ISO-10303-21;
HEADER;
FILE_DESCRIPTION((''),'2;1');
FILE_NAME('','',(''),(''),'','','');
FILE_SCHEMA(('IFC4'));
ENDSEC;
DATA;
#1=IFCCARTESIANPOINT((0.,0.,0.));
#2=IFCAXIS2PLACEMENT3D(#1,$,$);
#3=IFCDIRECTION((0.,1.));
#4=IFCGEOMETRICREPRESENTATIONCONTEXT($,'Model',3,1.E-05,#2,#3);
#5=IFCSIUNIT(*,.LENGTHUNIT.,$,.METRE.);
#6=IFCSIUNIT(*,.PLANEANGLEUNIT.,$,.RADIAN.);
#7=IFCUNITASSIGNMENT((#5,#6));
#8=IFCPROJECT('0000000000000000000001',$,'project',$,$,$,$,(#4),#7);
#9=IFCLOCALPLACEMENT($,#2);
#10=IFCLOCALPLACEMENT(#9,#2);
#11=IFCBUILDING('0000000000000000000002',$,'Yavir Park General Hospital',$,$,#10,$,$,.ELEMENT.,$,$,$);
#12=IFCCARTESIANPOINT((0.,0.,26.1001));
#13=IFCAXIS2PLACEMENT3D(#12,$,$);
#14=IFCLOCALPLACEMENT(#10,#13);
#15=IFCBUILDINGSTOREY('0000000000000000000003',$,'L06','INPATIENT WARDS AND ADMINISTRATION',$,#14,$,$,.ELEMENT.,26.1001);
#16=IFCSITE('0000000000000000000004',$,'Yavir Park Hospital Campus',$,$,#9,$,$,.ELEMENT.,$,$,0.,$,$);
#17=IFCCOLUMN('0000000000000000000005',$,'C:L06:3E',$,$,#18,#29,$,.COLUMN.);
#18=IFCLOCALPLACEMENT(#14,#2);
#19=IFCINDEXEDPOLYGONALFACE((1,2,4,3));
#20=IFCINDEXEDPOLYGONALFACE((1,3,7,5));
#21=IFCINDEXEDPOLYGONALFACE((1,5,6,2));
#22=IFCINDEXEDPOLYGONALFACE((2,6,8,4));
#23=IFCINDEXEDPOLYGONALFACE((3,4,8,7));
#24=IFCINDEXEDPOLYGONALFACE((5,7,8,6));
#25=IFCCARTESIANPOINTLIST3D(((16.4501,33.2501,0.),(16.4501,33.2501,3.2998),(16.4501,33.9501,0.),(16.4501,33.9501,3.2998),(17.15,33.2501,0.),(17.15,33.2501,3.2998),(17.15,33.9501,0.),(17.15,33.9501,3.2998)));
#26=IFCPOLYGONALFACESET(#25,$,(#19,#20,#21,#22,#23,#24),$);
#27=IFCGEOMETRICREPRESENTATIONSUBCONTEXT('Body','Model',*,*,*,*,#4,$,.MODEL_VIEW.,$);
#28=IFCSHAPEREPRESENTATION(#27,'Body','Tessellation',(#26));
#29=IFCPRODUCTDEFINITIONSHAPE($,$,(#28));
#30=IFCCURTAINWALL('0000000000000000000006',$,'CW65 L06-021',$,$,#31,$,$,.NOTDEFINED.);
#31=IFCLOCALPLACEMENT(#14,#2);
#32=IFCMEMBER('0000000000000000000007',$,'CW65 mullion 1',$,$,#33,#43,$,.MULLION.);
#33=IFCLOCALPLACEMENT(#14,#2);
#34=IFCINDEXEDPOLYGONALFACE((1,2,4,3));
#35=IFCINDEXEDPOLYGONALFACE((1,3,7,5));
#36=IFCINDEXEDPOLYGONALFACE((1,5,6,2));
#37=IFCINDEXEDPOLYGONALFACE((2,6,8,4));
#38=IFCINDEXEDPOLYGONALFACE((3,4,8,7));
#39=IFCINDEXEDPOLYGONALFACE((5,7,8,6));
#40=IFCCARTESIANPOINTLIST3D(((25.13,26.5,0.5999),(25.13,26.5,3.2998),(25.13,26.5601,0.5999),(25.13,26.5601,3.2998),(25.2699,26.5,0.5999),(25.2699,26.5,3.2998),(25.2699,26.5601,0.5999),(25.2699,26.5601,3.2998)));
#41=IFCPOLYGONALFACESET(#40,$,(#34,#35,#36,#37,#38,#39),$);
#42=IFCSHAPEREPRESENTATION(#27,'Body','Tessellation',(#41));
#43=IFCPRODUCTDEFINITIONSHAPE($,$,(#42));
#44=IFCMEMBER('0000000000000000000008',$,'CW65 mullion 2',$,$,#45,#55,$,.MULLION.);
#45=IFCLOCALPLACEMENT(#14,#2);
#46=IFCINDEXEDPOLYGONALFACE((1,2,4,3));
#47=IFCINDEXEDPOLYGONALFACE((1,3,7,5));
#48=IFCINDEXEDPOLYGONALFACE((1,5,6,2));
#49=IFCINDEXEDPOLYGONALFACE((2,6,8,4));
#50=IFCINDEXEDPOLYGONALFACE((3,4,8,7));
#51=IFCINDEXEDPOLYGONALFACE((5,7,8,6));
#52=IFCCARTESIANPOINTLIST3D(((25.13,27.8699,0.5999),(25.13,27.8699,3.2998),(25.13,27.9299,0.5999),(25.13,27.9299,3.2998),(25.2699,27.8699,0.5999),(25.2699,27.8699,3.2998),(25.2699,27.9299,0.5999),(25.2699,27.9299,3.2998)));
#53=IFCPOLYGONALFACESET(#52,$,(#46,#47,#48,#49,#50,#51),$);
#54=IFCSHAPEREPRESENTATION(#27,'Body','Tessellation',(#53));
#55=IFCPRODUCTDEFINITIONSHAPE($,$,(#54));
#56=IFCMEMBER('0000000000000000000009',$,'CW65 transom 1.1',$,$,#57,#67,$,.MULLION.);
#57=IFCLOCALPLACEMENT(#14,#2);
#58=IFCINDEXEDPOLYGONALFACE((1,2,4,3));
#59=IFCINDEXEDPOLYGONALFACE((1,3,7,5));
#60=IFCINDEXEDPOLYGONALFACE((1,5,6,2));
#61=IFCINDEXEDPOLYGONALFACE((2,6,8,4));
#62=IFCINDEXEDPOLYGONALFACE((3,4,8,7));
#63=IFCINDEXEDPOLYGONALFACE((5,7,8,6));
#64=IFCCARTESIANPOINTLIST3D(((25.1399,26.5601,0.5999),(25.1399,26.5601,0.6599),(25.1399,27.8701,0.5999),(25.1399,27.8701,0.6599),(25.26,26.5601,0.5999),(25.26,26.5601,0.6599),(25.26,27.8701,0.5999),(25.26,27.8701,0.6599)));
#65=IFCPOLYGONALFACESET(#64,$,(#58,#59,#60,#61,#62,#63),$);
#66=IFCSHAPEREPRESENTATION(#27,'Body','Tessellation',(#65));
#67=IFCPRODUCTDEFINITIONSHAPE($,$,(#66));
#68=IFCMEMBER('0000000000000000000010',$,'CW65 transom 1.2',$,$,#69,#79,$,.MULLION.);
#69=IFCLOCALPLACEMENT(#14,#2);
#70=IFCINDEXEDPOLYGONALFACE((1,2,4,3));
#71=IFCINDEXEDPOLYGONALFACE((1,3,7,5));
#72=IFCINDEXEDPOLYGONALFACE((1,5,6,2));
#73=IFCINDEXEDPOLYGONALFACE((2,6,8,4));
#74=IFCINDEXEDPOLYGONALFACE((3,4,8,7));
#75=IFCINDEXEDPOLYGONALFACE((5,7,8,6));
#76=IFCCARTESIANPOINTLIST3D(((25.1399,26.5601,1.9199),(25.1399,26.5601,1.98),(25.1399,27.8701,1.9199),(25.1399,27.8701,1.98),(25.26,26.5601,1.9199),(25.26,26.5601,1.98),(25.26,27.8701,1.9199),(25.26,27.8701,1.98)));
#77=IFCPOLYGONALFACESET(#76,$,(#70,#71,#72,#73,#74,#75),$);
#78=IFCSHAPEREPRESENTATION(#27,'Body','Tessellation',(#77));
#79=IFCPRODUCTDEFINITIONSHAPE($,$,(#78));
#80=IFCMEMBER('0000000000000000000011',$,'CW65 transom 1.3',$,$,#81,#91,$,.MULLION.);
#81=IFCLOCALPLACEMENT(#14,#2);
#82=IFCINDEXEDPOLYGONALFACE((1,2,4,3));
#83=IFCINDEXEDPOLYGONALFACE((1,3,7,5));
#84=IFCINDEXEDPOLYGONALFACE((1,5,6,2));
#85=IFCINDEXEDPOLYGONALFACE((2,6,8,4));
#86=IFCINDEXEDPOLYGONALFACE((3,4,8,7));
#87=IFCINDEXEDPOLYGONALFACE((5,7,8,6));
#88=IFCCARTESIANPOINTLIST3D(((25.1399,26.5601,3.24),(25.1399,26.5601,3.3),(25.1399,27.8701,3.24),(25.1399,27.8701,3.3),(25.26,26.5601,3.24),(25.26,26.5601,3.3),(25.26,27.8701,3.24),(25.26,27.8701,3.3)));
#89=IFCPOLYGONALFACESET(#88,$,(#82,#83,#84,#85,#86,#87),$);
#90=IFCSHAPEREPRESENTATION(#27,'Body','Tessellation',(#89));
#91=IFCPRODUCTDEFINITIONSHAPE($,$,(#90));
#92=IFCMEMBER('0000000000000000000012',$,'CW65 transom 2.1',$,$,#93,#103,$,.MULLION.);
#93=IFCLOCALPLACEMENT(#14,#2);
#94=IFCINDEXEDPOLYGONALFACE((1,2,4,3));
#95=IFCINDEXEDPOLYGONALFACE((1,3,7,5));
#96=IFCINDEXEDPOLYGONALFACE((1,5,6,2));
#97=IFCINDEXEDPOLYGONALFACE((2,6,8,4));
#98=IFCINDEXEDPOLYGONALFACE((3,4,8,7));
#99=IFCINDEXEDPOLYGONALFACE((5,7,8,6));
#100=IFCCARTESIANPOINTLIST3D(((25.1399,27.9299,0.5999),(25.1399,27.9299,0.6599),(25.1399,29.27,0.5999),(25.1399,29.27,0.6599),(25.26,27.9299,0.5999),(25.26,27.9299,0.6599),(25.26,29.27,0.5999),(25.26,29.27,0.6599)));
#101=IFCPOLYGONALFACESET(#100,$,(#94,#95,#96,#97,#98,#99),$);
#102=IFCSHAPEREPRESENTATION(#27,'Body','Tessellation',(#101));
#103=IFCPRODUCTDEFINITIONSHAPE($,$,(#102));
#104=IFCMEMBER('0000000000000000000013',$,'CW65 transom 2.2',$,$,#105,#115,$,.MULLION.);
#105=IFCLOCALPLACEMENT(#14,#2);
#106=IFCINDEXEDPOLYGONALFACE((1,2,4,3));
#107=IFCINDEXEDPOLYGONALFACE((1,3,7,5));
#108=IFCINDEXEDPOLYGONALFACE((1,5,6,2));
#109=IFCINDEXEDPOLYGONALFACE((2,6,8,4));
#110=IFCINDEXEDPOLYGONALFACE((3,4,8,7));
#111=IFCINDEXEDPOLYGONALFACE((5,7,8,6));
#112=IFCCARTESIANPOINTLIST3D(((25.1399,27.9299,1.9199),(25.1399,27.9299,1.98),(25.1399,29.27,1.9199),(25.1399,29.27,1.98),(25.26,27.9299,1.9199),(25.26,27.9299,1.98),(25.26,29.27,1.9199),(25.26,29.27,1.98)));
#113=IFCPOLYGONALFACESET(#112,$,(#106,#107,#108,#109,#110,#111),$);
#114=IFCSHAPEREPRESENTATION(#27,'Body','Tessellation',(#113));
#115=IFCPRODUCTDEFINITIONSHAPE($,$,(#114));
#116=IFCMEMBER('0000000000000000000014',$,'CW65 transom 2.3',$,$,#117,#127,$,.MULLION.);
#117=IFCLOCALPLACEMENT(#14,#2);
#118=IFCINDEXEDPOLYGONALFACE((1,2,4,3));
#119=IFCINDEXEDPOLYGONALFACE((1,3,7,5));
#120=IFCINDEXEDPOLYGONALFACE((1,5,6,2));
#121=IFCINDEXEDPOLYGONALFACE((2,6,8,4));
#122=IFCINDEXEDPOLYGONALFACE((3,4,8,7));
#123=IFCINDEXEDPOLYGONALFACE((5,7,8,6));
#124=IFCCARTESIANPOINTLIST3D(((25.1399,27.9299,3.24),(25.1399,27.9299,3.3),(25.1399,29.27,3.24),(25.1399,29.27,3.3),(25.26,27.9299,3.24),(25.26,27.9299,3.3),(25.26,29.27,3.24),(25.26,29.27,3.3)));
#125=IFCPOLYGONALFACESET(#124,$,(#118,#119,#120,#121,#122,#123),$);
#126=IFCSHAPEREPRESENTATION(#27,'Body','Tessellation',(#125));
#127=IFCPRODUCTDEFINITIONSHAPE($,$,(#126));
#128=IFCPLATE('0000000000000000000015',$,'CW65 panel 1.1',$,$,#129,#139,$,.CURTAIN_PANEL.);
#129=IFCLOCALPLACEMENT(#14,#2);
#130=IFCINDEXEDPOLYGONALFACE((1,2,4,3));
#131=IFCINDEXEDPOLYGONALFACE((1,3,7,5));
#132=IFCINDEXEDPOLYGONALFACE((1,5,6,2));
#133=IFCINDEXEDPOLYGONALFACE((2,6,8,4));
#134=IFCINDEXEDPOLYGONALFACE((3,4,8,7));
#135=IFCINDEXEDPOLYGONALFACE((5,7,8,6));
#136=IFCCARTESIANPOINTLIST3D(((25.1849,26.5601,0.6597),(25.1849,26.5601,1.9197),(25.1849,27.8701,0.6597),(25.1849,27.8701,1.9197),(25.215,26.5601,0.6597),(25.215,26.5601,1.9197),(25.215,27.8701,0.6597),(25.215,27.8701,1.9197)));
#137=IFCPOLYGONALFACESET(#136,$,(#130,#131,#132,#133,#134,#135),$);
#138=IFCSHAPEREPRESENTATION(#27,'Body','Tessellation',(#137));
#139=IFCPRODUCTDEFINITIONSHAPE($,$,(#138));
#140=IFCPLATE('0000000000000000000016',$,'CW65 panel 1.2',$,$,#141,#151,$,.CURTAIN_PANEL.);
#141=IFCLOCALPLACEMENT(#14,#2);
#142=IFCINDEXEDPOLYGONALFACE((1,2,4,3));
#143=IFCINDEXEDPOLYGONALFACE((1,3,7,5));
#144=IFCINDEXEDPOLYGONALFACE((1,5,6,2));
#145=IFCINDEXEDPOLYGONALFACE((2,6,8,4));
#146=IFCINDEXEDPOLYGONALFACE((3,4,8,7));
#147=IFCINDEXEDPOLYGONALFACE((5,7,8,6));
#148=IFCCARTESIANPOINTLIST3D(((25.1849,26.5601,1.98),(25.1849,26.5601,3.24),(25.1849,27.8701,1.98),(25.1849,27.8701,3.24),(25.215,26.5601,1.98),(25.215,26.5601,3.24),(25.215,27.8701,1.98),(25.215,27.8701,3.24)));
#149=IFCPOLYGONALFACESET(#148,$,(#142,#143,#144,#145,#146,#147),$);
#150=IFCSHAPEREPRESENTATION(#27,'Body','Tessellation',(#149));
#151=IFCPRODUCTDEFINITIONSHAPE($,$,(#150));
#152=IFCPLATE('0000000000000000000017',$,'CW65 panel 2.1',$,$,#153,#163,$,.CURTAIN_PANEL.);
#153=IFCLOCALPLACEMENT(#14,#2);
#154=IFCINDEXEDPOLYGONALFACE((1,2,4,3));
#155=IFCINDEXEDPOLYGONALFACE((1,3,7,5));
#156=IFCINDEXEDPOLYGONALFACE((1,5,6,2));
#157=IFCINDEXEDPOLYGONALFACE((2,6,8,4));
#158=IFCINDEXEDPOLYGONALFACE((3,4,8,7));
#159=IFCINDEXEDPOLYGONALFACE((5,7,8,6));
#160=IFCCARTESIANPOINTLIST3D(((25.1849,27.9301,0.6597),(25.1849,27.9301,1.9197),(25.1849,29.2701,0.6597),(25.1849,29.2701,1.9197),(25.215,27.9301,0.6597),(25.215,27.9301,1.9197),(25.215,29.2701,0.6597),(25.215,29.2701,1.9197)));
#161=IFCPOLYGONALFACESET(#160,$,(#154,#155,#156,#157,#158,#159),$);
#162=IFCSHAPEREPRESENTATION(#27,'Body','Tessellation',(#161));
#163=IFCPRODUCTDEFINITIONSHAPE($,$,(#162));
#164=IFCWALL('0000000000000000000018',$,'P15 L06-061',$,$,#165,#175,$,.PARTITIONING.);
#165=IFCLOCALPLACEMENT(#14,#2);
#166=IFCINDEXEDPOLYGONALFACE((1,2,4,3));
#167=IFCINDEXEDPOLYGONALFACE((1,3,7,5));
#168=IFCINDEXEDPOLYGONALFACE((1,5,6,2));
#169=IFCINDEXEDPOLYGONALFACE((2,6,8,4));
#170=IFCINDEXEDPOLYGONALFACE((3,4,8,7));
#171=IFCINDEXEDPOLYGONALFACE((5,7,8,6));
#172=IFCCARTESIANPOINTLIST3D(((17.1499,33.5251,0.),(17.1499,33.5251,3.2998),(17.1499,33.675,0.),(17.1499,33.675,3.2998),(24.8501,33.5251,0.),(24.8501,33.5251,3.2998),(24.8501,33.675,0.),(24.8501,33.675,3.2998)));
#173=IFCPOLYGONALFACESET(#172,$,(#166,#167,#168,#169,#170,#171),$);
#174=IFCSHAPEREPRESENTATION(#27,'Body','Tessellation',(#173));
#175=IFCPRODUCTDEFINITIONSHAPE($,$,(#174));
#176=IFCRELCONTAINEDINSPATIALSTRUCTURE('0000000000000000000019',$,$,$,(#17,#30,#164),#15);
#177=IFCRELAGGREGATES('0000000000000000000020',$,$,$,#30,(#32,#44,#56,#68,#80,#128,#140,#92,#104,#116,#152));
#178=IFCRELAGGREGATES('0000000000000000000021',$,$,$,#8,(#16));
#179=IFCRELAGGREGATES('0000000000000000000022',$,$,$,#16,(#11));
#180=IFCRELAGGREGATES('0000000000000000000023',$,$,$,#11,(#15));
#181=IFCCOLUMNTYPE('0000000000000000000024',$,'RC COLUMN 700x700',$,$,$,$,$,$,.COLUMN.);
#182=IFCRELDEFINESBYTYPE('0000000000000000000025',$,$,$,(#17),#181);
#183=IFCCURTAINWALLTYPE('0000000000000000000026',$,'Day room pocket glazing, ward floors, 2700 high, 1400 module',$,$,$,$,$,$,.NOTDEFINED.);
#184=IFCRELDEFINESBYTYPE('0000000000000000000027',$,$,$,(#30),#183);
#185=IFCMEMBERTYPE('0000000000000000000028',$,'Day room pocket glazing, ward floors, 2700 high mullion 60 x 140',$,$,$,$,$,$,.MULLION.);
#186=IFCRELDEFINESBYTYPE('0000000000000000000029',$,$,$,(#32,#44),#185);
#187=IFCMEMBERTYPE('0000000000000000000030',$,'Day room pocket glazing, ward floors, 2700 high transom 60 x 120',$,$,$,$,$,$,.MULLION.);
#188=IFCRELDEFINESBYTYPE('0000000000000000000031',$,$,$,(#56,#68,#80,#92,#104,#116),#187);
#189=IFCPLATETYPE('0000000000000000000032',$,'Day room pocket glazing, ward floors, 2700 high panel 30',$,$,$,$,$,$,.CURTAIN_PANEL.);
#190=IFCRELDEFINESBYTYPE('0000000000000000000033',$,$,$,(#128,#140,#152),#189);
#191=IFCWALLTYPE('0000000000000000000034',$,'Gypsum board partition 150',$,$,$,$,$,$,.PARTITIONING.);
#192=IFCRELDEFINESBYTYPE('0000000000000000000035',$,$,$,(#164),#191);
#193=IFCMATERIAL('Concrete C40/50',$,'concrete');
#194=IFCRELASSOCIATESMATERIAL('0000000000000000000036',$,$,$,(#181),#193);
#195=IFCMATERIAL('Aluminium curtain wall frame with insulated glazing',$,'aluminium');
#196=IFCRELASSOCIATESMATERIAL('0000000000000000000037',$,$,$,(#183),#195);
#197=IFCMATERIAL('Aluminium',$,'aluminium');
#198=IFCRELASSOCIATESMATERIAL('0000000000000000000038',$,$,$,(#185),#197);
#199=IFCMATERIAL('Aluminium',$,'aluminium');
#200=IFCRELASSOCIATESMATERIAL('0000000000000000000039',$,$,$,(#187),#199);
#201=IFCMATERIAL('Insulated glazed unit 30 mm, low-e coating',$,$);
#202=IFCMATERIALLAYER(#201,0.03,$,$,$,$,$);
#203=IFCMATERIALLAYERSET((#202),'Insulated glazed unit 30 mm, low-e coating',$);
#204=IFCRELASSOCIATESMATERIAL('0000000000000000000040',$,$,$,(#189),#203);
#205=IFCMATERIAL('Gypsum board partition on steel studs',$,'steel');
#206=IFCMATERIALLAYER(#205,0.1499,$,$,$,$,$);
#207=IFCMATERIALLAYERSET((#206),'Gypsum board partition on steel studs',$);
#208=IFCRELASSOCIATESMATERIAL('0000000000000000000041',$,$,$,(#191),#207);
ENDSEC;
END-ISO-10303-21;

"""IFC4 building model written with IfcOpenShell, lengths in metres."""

from ifc_helpers import new_model, si_unit, direction, frame, frame_2d, origin, origin_2d, place, context, subcontext, project, spatial, rectangle, extrude, material, layer, layer_set, material_profile, profile_set, type_object, element, aggregate, save


model = new_model("IFC4")

# Units and contexts
model_context = context("Model", 3, precision=1e-05, world=origin(), true_north=direction((0.0, 1.0)))
body_context = subcontext(model_context, "Body", "Model", "MODEL_VIEW")
ifc_project = project(units=[si_unit("LENGTHUNIT", "METRE"), si_unit("PLANEANGLEUNIT", "RADIAN")], contexts=[model_context])

# Site, building, storey
site_placement = place(None, origin())
site = spatial("IfcSite", under=ifc_project, at=site_placement, Name="Yavir Park Hospital Campus", CompositionType="ELEMENT", RefElevation=0.0)
building_placement = place(site_placement, origin())
building = spatial("IfcBuilding", under=site, at=building_placement, Name="Yavir Park General Hospital", CompositionType="ELEMENT")
storey_placement = place(building_placement, frame((0.0, 0.0, 26.1001)))
storey = spatial("IfcBuildingStorey", under=building, at=storey_placement, Name="L06", Description="INPATIENT WARDS AND ADMINISTRATION", CompositionType="ELEMENT", Elevation=26.1001)

# Column
ifc_material_1 = material(Name="Concrete C40/50", Category="concrete")
ifc_material_profile_1 = material_profile(ifc_material_1, rectangle(XDim=0.7, YDim=0.7, at=origin_2d()), Name="RC700x700")
ifc_profile_set_1 = profile_set([ifc_material_profile_1], Name="Concrete C40/50")
column_type = type_object("IfcColumnType", Name="RC COLUMN 700x700", PredefinedType="COLUMN", material=ifc_profile_set_1)
column_placement = place(storey_placement, frame((16.8, 33.6001, 0.0), z_axis=(0.0, 0.0, 1.0), x_axis=(1.0, 0.0, 0.0)))
element("IfcColumn", 1, at=column_placement, inside=storey, type_object=column_type, Name="C:L06:3E", PredefinedType="COLUMN", context=body_context, shape_type="SweptSolid", body=[
    extrude(rectangle(XDim=0.7, YDim=0.7, at=origin_2d()), origin(), (0.0, 0.0, 1.0), 3.2998),
])

# Curtain wall, members, plates
ifc_material_2 = material(Name="Aluminium curtain wall frame with insulated glazing", Category="aluminium")
curtain_wall_type = type_object("IfcCurtainWallType", Name="Day room pocket glazing, ward floors, 2700 high, 1400 module", PredefinedType="NOTDEFINED", material=ifc_material_2)
curtain_wall_placement = place(storey_placement, origin())
curtain_wall = element("IfcCurtainWall", 2, at=curtain_wall_placement, inside=storey, type_object=curtain_wall_type, Name="CW65 L06-021", PredefinedType="NOTDEFINED")
ifc_material_3 = material(Name="Aluminium", Category="aluminium")
ifc_material_profile_2 = material_profile(ifc_material_3, rectangle(XDim=0.1399, YDim=0.0601, at=origin_2d()), Name="AL 60x140")
ifc_profile_set_2 = profile_set([ifc_material_profile_2], Name="Aluminium")
member_type_1 = type_object("IfcMemberType", Name="Day room pocket glazing, ward floors, 2700 high mullion 60 x 140", PredefinedType="MULLION", material=ifc_profile_set_2)
member_1_placement = place(storey_placement, frame((25.2, 26.53, 0.5999), z_axis=(0.0, 0.0, 1.0), x_axis=(-1.0, 0.0, 0.0)))
member_1 = element("IfcMember", 3, at=member_1_placement, type_object=member_type_1, Name="CW65 mullion 1", PredefinedType="MULLION", context=body_context, shape_type="SweptSolid", body=[
    extrude(rectangle(XDim=0.1399, YDim=0.0601, at=origin_2d()), origin(), (0.0, 0.0, 1.0), 2.7),
])
member_2_placement = place(storey_placement, frame((25.2, 27.8999, 0.5999), z_axis=(0.0, 0.0, 1.0), x_axis=(-1.0, 0.0, 0.0)))
member_2 = element("IfcMember", 4, at=member_2_placement, type_object=member_type_1, Name="CW65 mullion 2", PredefinedType="MULLION", context=body_context, shape_type="SweptSolid", body=[
    extrude(rectangle(XDim=0.1399, YDim=0.0601, at=origin_2d()), origin(), (0.0, 0.0, 1.0), 2.7),
])
ifc_material_4 = material(Name="Aluminium", Category="aluminium")
ifc_material_profile_3 = material_profile(ifc_material_4, rectangle(XDim=0.1201, YDim=0.0601, at=origin_2d()), Name="AL 120x60")
ifc_profile_set_3 = profile_set([ifc_material_profile_3], Name="Aluminium")
member_type_2 = type_object("IfcMemberType", Name="Day room pocket glazing, ward floors, 2700 high transom 60 x 120", PredefinedType="MULLION", material=ifc_profile_set_3)
member_3_placement = place(storey_placement, frame((25.2, 26.5601, 0.6299), z_axis=(0.0, 1.0, 0.0), x_axis=(-1.0, 0.0, 0.0)))
member_3 = element("IfcMember", 5, at=member_3_placement, type_object=member_type_2, Name="CW65 transom 1.1", PredefinedType="MULLION", context=body_context, shape_type="SweptSolid", body=[
    extrude(rectangle(XDim=0.1201, YDim=0.0601, at=origin_2d()), origin(), (0.0, 0.0, 1.0), 1.3101),
])
member_4_placement = place(storey_placement, frame((25.2, 26.5601, 1.95), z_axis=(0.0, 1.0, 0.0), x_axis=(-1.0, 0.0, 0.0)))
member_4 = element("IfcMember", 6, at=member_4_placement, type_object=member_type_2, Name="CW65 transom 1.2", PredefinedType="MULLION", context=body_context, shape_type="SweptSolid", body=[
    extrude(rectangle(XDim=0.1201, YDim=0.0601, at=origin_2d()), origin(), (0.0, 0.0, 1.0), 1.3101),
])
member_5_placement = place(storey_placement, frame((25.2, 26.5601, 3.27), z_axis=(0.0, 1.0, 0.0), x_axis=(-1.0, 0.0, 0.0)))
member_5 = element("IfcMember", 7, at=member_5_placement, type_object=member_type_2, Name="CW65 transom 1.3", PredefinedType="MULLION", context=body_context, shape_type="SweptSolid", body=[
    extrude(rectangle(XDim=0.1201, YDim=0.0601, at=origin_2d()), origin(), (0.0, 0.0, 1.0), 1.3101),
])
member_6_placement = place(storey_placement, frame((25.2, 27.9299, 0.6299), z_axis=(0.0, 1.0, 0.0), x_axis=(-1.0, 0.0, 0.0)))
member_6 = element("IfcMember", 8, at=member_6_placement, type_object=member_type_2, Name="CW65 transom 2.1", PredefinedType="MULLION", context=body_context, shape_type="SweptSolid", body=[
    extrude(rectangle(XDim=0.1201, YDim=0.0601, at=origin_2d()), origin(), (0.0, 0.0, 1.0), 1.3401),
])
member_7_placement = place(storey_placement, frame((25.2, 27.9299, 1.95), z_axis=(0.0, 1.0, 0.0), x_axis=(-1.0, 0.0, 0.0)))
member_7 = element("IfcMember", 9, at=member_7_placement, type_object=member_type_2, Name="CW65 transom 2.2", PredefinedType="MULLION", context=body_context, shape_type="SweptSolid", body=[
    extrude(rectangle(XDim=0.1201, YDim=0.0601, at=origin_2d()), origin(), (0.0, 0.0, 1.0), 1.3401),
])
member_8_placement = place(storey_placement, frame((25.2, 27.9299, 3.27), z_axis=(0.0, 1.0, 0.0), x_axis=(-1.0, 0.0, 0.0)))
member_8 = element("IfcMember", 10, at=member_8_placement, type_object=member_type_2, Name="CW65 transom 2.3", PredefinedType="MULLION", context=body_context, shape_type="SweptSolid", body=[
    extrude(rectangle(XDim=0.1201, YDim=0.0601, at=origin_2d()), origin(), (0.0, 0.0, 1.0), 1.3401),
])
ifc_material_5 = material(Name="Insulated glazed unit 30 mm, low-e coating")
ifc_layer_1 = layer(ifc_material_5, 0.03)
ifc_layer_set_1 = layer_set([ifc_layer_1], Name="Insulated glazed unit 30 mm, low-e coating")
plate_type = type_object("IfcPlateType", Name="Day room pocket glazing, ward floors, 2700 high panel 30", PredefinedType="CURTAIN_PANEL", material=ifc_layer_set_1)
plate_1_placement = place(storey_placement, frame((25.2, 27.2151, 0.6597), z_axis=(0.0, 0.0, 1.0), x_axis=(0.0, 1.0, 0.0)))
plate_1 = element("IfcPlate", 11, at=plate_1_placement, type_object=plate_type, Name="CW65 panel 1.1", PredefinedType="CURTAIN_PANEL", context=body_context, shape_type="SweptSolid", body=[
    extrude(rectangle(XDim=1.3101, YDim=0.03, at=origin_2d()), origin(), (0.0, 0.0, 1.0), 1.26),
])
plate_2_placement = place(storey_placement, frame((25.2, 27.2151, 1.98), z_axis=(0.0, 0.0, 1.0), x_axis=(0.0, 1.0, 0.0)))
plate_2 = element("IfcPlate", 12, at=plate_2_placement, type_object=plate_type, Name="CW65 panel 1.2", PredefinedType="CURTAIN_PANEL", context=body_context, shape_type="SweptSolid", body=[
    extrude(rectangle(XDim=1.3101, YDim=0.03, at=origin_2d()), origin(), (0.0, 0.0, 1.0), 1.26),
])
plate_3_placement = place(storey_placement, frame((25.2, 28.6001, 0.6597), z_axis=(0.0, 0.0, 1.0), x_axis=(0.0, 1.0, 0.0)))
plate_3 = element("IfcPlate", 13, at=plate_3_placement, type_object=plate_type, Name="CW65 panel 2.1", PredefinedType="CURTAIN_PANEL", context=body_context, shape_type="SweptSolid", body=[
    extrude(rectangle(XDim=1.3401, YDim=0.03, at=origin_2d()), origin(), (0.0, 0.0, 1.0), 1.26),
])
aggregate(curtain_wall, [member_1, member_2, member_3, member_4, member_5, plate_1, plate_2, member_6, member_7, member_8, plate_3])

# Wall
ifc_material_6 = material(Name="Gypsum board partition on steel studs", Category="steel")
ifc_layer_2 = layer(ifc_material_6, 0.1499)
ifc_layer_set_2 = layer_set([ifc_layer_2], Name="Gypsum board partition on steel studs")
wall_type_1 = type_object("IfcWallType", Name="Gypsum board partition 150", PredefinedType="PARTITIONING", material=ifc_layer_set_2)
wall_1_placement = place(storey_placement, frame((17.1499, 33.6001, 0.0), z_axis=(0.0, 0.0, 1.0), x_axis=(1.0, 0.0, 0.0)))
element("IfcWall", 14, at=wall_1_placement, inside=storey, type_object=wall_type_1, Name="P15 L06-061", PredefinedType="PARTITIONING", context=body_context, shape_type="SweptSolid", body=[
    extrude(rectangle(XDim=7.7002, YDim=0.1499, at=frame_2d((3.8501, 0.0))), origin(), (0.0, 0.0, 1.0), 3.2998),
])

save(model, "model.ifc")
